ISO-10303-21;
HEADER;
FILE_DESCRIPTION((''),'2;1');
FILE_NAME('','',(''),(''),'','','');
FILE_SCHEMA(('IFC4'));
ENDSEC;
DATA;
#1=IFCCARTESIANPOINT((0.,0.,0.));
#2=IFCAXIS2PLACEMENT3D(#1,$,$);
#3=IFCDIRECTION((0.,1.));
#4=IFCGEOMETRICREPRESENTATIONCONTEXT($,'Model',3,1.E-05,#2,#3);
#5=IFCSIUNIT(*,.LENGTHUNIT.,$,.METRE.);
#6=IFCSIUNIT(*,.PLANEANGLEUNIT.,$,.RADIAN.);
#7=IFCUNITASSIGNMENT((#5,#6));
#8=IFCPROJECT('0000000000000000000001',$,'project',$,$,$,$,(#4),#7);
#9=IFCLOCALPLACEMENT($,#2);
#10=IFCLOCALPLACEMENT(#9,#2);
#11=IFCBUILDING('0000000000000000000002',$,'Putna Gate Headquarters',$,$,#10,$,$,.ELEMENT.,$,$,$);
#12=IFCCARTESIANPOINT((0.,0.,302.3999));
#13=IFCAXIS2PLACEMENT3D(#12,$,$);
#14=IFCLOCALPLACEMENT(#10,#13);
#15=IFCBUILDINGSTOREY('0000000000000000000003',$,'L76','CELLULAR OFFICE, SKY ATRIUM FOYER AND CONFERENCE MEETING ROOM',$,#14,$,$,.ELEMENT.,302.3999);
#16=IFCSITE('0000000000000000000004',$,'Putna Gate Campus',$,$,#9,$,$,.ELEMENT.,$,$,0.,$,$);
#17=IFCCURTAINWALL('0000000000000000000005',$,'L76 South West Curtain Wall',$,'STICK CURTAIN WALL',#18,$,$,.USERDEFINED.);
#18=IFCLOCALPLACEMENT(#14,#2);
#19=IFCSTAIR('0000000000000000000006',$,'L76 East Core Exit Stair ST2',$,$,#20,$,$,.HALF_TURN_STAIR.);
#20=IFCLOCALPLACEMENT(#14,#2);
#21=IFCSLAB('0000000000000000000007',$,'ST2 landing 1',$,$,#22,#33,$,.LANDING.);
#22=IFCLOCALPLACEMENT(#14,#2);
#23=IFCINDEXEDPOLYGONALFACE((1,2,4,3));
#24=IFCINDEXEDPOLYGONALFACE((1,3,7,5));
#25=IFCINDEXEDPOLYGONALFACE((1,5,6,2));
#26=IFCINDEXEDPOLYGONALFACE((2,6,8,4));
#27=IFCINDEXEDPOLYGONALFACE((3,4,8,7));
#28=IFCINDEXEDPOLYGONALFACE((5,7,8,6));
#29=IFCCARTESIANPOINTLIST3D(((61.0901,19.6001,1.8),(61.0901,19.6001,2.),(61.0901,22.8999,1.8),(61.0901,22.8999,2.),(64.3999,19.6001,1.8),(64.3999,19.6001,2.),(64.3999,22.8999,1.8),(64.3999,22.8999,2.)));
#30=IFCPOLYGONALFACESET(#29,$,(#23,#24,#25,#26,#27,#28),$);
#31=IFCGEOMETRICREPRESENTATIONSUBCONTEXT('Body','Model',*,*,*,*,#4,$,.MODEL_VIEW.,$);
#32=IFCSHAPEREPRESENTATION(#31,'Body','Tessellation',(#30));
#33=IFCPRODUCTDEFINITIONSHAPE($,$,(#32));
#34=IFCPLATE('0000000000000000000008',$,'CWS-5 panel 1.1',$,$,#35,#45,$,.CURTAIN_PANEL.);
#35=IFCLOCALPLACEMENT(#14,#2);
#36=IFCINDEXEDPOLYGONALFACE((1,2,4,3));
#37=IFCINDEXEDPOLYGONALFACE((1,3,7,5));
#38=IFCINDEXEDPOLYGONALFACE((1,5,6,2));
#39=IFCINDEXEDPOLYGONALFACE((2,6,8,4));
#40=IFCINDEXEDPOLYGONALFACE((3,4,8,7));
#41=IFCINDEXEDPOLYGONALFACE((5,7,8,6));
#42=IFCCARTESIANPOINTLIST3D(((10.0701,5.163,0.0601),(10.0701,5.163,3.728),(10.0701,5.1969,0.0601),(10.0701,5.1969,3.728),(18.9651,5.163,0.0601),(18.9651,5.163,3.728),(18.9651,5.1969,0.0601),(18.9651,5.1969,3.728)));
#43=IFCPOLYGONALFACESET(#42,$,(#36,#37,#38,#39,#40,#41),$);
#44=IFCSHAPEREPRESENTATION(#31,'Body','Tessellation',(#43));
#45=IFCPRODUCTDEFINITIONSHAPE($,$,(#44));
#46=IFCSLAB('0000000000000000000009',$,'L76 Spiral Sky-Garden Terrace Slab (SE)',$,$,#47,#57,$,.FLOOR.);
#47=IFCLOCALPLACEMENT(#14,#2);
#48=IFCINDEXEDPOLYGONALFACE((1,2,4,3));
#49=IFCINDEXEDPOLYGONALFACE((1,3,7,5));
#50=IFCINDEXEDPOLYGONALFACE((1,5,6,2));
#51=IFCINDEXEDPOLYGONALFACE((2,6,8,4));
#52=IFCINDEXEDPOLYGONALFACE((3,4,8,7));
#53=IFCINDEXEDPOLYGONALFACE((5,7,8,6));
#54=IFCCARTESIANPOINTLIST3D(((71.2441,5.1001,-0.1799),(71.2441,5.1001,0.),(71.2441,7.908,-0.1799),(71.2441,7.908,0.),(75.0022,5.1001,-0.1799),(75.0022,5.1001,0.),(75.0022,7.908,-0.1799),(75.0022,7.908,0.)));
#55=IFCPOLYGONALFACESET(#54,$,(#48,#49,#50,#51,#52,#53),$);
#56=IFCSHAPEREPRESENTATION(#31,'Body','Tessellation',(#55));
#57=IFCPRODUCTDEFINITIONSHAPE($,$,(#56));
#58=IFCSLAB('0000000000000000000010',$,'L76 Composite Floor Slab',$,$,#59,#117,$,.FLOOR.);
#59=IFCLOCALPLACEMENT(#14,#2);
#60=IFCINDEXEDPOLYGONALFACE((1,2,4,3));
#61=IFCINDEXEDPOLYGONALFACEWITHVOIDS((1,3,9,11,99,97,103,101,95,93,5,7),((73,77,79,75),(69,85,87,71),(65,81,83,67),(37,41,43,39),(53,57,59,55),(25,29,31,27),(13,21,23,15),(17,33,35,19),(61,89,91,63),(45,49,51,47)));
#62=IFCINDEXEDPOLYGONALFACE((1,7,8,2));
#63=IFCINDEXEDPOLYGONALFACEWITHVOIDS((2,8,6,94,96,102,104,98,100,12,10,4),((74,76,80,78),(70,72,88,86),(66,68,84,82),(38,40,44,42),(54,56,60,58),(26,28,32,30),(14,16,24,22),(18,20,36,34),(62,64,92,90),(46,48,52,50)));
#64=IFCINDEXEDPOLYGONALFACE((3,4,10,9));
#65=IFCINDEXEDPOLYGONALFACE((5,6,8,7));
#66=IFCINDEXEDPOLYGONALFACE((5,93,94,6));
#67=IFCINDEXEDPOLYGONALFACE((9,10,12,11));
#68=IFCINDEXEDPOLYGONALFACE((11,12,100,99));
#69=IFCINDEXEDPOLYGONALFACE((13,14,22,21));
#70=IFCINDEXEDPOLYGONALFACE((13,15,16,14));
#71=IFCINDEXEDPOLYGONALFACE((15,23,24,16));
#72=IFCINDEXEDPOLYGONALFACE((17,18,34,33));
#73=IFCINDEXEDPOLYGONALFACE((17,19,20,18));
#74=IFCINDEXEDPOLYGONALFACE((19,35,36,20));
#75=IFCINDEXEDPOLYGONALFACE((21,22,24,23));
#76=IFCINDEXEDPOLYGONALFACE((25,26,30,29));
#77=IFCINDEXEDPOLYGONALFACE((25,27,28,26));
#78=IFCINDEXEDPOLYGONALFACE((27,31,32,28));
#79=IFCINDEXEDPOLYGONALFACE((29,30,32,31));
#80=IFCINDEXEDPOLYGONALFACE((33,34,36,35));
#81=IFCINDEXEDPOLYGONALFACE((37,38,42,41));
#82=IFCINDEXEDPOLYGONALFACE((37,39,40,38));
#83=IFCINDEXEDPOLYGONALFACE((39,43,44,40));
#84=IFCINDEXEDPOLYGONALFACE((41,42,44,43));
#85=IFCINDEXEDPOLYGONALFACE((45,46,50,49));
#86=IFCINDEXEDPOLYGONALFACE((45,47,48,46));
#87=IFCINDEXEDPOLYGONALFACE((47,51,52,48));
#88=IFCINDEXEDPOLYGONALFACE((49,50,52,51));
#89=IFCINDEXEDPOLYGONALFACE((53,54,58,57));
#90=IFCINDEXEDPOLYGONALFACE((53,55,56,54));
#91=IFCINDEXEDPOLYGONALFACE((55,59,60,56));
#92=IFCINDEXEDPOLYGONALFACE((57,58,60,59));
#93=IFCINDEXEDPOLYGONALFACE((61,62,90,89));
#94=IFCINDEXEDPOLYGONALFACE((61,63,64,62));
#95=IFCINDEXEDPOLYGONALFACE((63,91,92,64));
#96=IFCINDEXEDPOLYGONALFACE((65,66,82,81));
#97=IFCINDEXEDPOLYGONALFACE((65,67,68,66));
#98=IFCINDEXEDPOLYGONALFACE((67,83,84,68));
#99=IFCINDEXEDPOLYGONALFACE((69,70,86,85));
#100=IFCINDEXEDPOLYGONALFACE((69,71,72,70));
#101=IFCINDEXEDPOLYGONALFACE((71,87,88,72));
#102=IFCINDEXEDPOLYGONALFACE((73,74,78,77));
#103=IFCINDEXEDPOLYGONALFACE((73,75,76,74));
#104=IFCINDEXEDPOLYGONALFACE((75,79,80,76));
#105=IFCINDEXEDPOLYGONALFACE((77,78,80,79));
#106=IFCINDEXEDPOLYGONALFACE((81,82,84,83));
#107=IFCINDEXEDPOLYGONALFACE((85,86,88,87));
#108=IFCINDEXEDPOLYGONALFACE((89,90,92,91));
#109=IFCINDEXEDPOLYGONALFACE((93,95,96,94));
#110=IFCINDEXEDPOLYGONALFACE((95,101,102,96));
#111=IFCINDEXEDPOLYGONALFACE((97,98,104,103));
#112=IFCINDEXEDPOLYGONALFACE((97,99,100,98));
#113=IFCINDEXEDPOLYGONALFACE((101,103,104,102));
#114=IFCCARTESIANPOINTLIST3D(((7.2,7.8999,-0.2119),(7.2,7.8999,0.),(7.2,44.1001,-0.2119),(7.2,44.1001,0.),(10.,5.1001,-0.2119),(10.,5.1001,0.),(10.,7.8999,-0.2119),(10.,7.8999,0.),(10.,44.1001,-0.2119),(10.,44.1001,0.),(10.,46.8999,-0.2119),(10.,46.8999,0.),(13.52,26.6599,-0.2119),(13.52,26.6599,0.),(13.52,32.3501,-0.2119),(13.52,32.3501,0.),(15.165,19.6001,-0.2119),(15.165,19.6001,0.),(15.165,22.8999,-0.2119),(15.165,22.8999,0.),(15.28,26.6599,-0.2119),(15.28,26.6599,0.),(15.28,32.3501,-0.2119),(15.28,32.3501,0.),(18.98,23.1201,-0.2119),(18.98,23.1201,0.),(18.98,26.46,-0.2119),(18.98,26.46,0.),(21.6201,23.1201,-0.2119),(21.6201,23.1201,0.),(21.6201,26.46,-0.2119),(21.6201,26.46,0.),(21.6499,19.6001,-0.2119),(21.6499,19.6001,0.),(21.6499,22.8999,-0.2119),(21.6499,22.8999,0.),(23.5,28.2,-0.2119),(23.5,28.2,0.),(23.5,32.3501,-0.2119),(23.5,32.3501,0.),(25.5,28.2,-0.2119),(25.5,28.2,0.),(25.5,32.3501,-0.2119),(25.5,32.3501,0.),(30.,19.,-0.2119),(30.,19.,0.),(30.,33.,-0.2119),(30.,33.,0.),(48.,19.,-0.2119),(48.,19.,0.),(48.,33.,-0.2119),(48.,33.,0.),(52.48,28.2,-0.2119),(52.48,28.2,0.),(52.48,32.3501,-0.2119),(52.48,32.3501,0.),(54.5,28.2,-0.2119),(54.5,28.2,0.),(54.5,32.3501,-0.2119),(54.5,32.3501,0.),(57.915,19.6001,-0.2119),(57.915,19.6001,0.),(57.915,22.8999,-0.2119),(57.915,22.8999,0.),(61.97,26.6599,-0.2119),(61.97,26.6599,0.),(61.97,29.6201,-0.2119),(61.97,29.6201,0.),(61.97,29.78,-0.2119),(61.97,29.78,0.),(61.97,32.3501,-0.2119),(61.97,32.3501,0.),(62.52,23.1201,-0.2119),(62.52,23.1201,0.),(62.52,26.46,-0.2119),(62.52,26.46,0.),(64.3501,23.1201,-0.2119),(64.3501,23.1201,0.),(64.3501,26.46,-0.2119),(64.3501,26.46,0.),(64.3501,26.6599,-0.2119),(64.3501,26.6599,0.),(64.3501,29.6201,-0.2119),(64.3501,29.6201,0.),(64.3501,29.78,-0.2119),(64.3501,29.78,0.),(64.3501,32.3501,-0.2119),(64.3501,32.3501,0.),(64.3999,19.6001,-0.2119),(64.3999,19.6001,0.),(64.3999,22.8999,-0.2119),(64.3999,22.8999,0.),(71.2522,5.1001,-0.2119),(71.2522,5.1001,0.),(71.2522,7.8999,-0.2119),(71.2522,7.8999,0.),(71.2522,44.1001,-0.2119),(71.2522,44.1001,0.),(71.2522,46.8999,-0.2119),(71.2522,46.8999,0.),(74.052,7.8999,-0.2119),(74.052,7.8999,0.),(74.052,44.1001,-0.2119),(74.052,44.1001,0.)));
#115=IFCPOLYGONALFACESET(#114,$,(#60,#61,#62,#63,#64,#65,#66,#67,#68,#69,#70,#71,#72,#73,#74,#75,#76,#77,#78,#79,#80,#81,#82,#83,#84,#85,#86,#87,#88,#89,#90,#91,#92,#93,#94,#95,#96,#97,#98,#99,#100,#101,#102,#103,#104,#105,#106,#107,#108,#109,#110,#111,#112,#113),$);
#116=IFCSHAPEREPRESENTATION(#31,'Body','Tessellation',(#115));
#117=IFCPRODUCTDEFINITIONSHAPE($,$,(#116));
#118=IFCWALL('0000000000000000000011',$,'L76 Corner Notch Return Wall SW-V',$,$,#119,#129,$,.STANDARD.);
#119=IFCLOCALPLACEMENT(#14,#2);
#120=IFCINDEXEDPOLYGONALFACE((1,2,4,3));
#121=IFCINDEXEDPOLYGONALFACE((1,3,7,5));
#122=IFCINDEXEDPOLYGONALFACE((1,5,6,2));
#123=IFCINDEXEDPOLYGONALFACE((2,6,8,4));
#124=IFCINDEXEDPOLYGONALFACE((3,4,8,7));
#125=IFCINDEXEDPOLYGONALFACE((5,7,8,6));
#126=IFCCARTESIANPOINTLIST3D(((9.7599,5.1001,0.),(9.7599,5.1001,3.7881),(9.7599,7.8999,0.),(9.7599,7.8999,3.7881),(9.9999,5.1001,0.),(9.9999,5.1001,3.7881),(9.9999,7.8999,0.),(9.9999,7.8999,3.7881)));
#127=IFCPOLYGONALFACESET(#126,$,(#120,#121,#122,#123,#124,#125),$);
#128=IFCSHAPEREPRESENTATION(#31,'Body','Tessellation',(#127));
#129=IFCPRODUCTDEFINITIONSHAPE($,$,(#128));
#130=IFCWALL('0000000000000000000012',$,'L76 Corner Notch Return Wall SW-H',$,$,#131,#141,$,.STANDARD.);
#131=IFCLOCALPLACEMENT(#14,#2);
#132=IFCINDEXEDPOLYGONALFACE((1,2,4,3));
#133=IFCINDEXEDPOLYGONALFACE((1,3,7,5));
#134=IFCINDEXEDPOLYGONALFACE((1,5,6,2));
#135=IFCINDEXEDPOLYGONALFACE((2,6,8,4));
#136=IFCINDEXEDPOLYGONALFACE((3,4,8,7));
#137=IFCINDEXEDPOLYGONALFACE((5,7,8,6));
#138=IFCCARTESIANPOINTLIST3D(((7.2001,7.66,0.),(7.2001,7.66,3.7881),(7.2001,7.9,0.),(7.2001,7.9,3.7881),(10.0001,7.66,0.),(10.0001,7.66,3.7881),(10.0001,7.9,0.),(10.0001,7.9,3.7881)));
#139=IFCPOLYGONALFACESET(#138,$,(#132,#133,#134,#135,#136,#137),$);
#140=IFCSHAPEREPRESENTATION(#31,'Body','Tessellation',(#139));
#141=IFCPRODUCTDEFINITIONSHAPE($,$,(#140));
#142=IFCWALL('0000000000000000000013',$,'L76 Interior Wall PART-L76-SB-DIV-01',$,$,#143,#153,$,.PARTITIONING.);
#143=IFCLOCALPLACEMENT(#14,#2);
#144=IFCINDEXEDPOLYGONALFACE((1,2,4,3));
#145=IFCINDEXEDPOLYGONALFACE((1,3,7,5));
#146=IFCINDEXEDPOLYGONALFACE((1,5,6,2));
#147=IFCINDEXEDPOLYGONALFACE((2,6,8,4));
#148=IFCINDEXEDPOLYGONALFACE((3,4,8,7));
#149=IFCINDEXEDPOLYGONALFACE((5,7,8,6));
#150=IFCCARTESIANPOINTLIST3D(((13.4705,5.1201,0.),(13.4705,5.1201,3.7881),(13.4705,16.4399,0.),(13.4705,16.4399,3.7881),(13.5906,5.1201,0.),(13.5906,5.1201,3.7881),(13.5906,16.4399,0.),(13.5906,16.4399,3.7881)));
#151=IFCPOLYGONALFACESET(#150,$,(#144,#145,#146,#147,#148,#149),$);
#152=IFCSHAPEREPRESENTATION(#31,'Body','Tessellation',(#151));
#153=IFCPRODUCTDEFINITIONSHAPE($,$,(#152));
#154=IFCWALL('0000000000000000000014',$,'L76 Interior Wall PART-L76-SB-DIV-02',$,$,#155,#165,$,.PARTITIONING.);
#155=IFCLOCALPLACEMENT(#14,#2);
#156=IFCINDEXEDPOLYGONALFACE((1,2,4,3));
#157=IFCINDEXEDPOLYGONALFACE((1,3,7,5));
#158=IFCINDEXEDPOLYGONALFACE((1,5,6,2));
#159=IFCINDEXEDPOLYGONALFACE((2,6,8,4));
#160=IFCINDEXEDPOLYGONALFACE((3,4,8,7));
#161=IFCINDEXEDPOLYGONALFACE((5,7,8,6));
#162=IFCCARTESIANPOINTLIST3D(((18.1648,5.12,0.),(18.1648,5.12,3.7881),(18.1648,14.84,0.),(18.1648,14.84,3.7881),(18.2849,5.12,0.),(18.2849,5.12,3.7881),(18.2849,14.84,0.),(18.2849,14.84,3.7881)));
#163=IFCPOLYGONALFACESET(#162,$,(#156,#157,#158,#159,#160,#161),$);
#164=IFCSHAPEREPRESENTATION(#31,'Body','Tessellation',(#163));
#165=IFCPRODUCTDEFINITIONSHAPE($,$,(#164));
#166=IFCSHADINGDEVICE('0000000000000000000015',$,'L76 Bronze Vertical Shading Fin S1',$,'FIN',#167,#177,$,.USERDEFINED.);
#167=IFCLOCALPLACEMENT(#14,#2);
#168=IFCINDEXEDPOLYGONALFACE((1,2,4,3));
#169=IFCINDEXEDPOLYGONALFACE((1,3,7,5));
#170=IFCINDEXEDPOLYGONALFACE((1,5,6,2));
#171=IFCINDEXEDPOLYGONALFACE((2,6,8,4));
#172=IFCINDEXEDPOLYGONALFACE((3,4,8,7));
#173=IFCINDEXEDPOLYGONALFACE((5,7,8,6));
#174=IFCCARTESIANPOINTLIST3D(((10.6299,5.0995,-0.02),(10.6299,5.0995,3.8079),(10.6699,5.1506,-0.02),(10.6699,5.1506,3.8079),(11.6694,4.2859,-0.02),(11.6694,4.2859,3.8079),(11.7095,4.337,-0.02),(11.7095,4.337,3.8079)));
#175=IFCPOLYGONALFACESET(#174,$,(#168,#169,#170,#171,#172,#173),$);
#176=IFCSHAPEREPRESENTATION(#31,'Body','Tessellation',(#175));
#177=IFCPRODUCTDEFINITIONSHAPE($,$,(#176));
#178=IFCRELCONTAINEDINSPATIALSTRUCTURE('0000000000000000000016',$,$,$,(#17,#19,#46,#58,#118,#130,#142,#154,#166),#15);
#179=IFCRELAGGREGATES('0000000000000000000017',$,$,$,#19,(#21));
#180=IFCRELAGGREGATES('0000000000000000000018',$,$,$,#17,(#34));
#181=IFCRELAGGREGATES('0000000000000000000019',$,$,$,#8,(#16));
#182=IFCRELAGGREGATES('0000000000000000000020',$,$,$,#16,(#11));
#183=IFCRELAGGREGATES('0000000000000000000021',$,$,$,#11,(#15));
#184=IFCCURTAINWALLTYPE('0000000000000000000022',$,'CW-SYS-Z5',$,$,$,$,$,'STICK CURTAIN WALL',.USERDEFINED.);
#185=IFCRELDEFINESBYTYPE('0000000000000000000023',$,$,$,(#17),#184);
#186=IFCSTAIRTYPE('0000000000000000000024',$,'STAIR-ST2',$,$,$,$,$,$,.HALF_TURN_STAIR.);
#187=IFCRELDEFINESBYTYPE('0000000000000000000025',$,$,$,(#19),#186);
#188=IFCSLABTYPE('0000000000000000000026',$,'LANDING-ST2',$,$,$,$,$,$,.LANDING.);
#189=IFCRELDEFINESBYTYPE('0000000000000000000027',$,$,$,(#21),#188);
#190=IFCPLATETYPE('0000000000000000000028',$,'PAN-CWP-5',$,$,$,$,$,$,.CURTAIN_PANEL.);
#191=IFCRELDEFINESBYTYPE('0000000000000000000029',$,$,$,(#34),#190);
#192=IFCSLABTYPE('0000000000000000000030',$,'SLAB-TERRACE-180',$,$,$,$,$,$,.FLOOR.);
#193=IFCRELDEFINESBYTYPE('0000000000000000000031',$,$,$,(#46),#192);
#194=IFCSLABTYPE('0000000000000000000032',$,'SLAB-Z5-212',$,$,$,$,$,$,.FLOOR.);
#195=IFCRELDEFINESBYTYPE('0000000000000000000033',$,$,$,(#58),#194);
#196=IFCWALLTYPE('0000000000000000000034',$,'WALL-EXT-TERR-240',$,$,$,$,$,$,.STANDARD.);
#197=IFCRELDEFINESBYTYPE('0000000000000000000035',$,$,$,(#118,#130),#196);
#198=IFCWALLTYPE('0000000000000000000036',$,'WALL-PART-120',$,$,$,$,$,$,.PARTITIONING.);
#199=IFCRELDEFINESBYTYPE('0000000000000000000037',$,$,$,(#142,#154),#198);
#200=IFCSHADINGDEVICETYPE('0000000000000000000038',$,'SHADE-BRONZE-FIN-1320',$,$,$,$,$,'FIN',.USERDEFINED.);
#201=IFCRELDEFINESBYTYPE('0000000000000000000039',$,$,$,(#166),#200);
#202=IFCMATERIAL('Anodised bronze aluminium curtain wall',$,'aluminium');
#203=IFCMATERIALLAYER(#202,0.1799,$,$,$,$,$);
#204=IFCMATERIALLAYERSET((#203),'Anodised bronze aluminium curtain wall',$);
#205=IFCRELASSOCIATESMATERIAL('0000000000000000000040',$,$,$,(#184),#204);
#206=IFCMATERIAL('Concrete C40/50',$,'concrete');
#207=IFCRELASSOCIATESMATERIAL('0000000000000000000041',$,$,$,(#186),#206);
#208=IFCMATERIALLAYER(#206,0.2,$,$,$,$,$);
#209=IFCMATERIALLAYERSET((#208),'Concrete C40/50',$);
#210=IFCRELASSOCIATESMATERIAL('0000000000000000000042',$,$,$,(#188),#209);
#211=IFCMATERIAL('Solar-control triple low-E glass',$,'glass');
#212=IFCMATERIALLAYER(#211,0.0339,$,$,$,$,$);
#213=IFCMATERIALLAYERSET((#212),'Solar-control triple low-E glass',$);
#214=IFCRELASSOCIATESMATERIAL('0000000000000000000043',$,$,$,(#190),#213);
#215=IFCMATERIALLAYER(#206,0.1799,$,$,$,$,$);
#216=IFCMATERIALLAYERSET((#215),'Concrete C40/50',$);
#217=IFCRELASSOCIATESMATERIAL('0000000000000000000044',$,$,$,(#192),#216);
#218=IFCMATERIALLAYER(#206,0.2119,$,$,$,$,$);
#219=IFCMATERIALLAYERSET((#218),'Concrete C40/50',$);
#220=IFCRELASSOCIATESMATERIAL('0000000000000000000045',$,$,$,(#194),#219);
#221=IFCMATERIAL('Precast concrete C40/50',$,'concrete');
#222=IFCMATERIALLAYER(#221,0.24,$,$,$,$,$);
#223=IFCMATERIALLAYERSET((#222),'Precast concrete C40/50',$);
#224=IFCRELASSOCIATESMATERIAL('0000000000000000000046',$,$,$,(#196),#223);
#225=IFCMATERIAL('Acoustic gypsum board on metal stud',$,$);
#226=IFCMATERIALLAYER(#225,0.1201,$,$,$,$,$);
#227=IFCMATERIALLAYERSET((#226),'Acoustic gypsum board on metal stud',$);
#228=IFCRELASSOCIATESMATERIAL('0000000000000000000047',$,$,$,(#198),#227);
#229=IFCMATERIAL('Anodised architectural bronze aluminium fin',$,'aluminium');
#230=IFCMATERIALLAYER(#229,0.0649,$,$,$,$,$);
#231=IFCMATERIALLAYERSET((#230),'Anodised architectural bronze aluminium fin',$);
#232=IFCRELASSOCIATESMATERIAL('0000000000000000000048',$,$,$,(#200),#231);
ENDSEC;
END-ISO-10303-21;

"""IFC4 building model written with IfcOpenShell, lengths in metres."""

from ifc_helpers import new_model, si_unit, direction, frame, frame_2d, origin, origin_2d, place, context, subcontext, project, spatial, polyline, rectangle, outline, extrude, material, layer, layer_set, type_object, element, aggregate, save


model = new_model("IFC4")

# Units and contexts
model_context = context("Model", 3, precision=1e-05, world=origin(), true_north=direction((0.0, 1.0)))
body_context = subcontext(model_context, "Body", "Model", "MODEL_VIEW")
ifc_project = project(units=[si_unit("LENGTHUNIT", "METRE"), si_unit("PLANEANGLEUNIT", "RADIAN")], contexts=[model_context])

# Site, building, storey
site_placement = place(None, origin())
site = spatial("IfcSite", under=ifc_project, at=site_placement, Name="Putna Gate Campus", CompositionType="ELEMENT", RefElevation=0.0)
building_placement = place(site_placement, origin())
building = spatial("IfcBuilding", under=site, at=building_placement, Name="Putna Gate Headquarters", CompositionType="ELEMENT")
storey_placement = place(building_placement, frame((0.0, 0.0, 302.3999)))
storey = spatial("IfcBuildingStorey", under=building, at=storey_placement, Name="L76", Description="CELLULAR OFFICE, SKY ATRIUM FOYER AND CONFERENCE MEETING ROOM", CompositionType="ELEMENT", Elevation=302.3999)

# Curtain wall
ifc_material_1 = material(Name="Anodised bronze aluminium curtain wall", Category="aluminium")
ifc_layer_1 = layer(ifc_material_1, 0.1799)
ifc_layer_set_1 = layer_set([ifc_layer_1], Name="Anodised bronze aluminium curtain wall")
curtain_wall_type = type_object("IfcCurtainWallType", Name="CW-SYS-Z5", ElementType="STICK CURTAIN WALL", PredefinedType="USERDEFINED", material=ifc_layer_set_1)
curtain_wall_1_placement = place(storey_placement, origin())
curtain_wall_1 = element("IfcCurtainWall", 1, at=curtain_wall_1_placement, inside=storey, type_object=curtain_wall_type, Name="L76 South West Curtain Wall", ObjectType="STICK CURTAIN WALL", PredefinedType="USERDEFINED")

# Stair, slab
ifc_material_2 = material(Name="Concrete C40/50", Category="concrete")
stair_type_1 = type_object("IfcStairType", Name="STAIR-ST2", PredefinedType="HALF_TURN_STAIR", material=ifc_material_2)
stair_1_placement = place(storey_placement, origin())
stair_1 = element("IfcStair", 2, at=stair_1_placement, inside=storey, type_object=stair_type_1, Name="L76 East Core Exit Stair ST2", PredefinedType="HALF_TURN_STAIR")
ifc_layer_2 = layer(ifc_material_2, 0.2)
ifc_layer_set_2 = layer_set([ifc_layer_2], Name="Concrete C40/50")
slab_type_1 = type_object("IfcSlabType", Name="LANDING-ST2", PredefinedType="LANDING", material=ifc_layer_set_2)
slab_1_placement = place(storey_placement, frame((0.0, 0.0, 1.8)))
slab_1 = element("IfcSlab", 3, at=slab_1_placement, type_object=slab_type_1, Name="ST2 landing 1", PredefinedType="LANDING", context=body_context, shape_type="SweptSolid", body=[
    extrude(outline(polyline([(61.0901, 19.6001), (64.3999, 19.6001), (64.3999, 22.8999), (61.0901, 22.8999), (61.0901, 19.6001)])), origin(), (0.0, 0.0, 1.0), 0.2),
])
aggregate(stair_1, [slab_1])

# Plate
ifc_material_3 = material(Name="Solar-control triple low-E glass", Category="glass")
ifc_layer_3 = layer(ifc_material_3, 0.0339)
ifc_layer_set_3 = layer_set([ifc_layer_3], Name="Solar-control triple low-E glass")
plate_type = type_object("IfcPlateType", Name="PAN-CWP-5", PredefinedType="CURTAIN_PANEL", material=ifc_layer_set_3)
plate_placement = place(storey_placement, frame((14.5176, 5.1799, 0.0601), z_axis=(0.0, 0.0, 1.0), x_axis=(1.0, 0.0, 0.0)))
plate = element("IfcPlate", 4, at=plate_placement, type_object=plate_type, Name="CWS-5 panel 1.1", PredefinedType="CURTAIN_PANEL", context=body_context, shape_type="SweptSolid", body=[
    extrude(rectangle(XDim=8.895, YDim=0.0339, at=origin_2d()), origin(), (0.0, 0.0, 1.0), 3.668),
])
aggregate(curtain_wall_1, [plate])

# Slabs
ifc_layer_4 = layer(ifc_material_2, 0.1799)
ifc_layer_set_4 = layer_set([ifc_layer_4], Name="Concrete C40/50")
slab_type_2 = type_object("IfcSlabType", Name="SLAB-TERRACE-180", PredefinedType="FLOOR", material=ifc_layer_set_4)
slab_2_placement = place(storey_placement, frame((0.0, 0.0, -0.1799)))
element("IfcSlab", 5, at=slab_2_placement, inside=storey, type_object=slab_type_2, Name="L76 Spiral Sky-Garden Terrace Slab (SE)", PredefinedType="FLOOR", context=body_context, shape_type="SweptSolid", body=[
    extrude(outline(polyline([(71.2441, 5.1001), (75.0022, 5.1001), (75.0022, 7.908), (71.2441, 7.908), (71.2441, 5.1001)])), origin(), (0.0, 0.0, 1.0), 0.1799),
])
ifc_layer_5 = layer(ifc_material_2, 0.2119)
ifc_layer_set_5 = layer_set([ifc_layer_5], Name="Concrete C40/50")
slab_type_3 = type_object("IfcSlabType", Name="SLAB-Z5-212", PredefinedType="FLOOR", material=ifc_layer_set_5)
slab_3_placement = place(storey_placement, frame((0.0, 0.0, -0.2119)))
element("IfcSlab", 6, at=slab_3_placement, inside=storey, type_object=slab_type_3, Name="L76 Composite Floor Slab", PredefinedType="FLOOR", context=body_context, shape_type="SweptSolid", body=[
    extrude(outline(polyline([(10.0, 5.1001), (71.2522, 5.1001), (71.2522, 7.8999), (74.052, 7.8999), (74.052, 44.1001), (71.2522, 44.1001), (71.2522, 46.8999), (10.0, 46.8999), (10.0, 44.1001), (7.2, 44.1001), (7.2, 7.8999), (10.0, 7.8999), (10.0, 5.1001)]), holes=[polyline([(15.165, 19.6001), (21.6499, 19.6001), (21.6499, 22.8999), (15.165, 22.8999), (15.165, 19.6001)]), polyline([(57.915, 19.6001), (64.3999, 19.6001), (64.3999, 22.8999), (57.915, 22.8999), (57.915, 19.6001)]), polyline([(13.52, 26.6599), (15.28, 26.6599), (15.28, 32.3501), (13.52, 32.3501), (13.52, 26.6599)]), polyline([(61.97, 29.78), (64.3501, 29.78), (64.3501, 32.3501), (61.97, 32.3501), (61.97, 29.78)]), polyline([(18.98, 23.1201), (21.6201, 23.1201), (21.6201, 26.46), (18.98, 26.46), (18.98, 23.1201)]), polyline([(62.52, 23.1201), (64.3501, 23.1201), (64.3501, 26.46), (62.52, 26.46), (62.52, 23.1201)]), polyline([(61.97, 26.6599), (64.3501, 26.6599), (64.3501, 29.6201), (61.97, 29.6201), (61.97, 26.6599)]), polyline([(23.5, 28.2), (25.5, 28.2), (25.5, 32.3501), (23.5, 32.3501), (23.5, 28.2)]), polyline([(52.48, 28.2), (54.5, 28.2), (54.5, 32.3501), (52.48, 32.3501), (52.48, 28.2)]), polyline([(30.0, 19.0), (48.0, 19.0), (48.0, 33.0), (30.0, 33.0), (30.0, 19.0)])]), origin(), (0.0, 0.0, 1.0), 0.2119),
])

# Walls
ifc_material_4 = material(Name="Precast concrete C40/50", Category="concrete")
ifc_layer_6 = layer(ifc_material_4, 0.24)
ifc_layer_set_6 = layer_set([ifc_layer_6], Name="Precast concrete C40/50")
wall_type_1 = type_object("IfcWallType", Name="WALL-EXT-TERR-240", PredefinedType="STANDARD", material=ifc_layer_set_6)
wall_1_placement = place(storey_placement, frame((9.8799, 5.1001, 0.0), z_axis=(0.0, 0.0, 1.0), x_axis=(0.0, 1.0, 0.0)))
element("IfcWall", 7, at=wall_1_placement, inside=storey, type_object=wall_type_1, Name="L76 Corner Notch Return Wall SW-V", PredefinedType="STANDARD", context=body_context, shape_type="SweptSolid", body=[
    extrude(rectangle(XDim=2.7998, YDim=0.24, at=frame_2d((1.3999, 0.0))), origin(), (0.0, 0.0, 1.0), 3.7881),
])
wall_2_placement = place(storey_placement, frame((10.0, 7.78, 0.0), z_axis=(0.0, 0.0, 1.0), x_axis=(-1.0, 0.0, 0.0)))
element("IfcWall", 8, at=wall_2_placement, inside=storey, type_object=wall_type_1, Name="L76 Corner Notch Return Wall SW-H", PredefinedType="STANDARD", context=body_context, shape_type="SweptSolid", body=[
    extrude(rectangle(XDim=2.8, YDim=0.24, at=frame_2d((1.3999, 0.0))), origin(), (0.0, 0.0, 1.0), 3.7881),
])
ifc_material_5 = material(Name="Acoustic gypsum board on metal stud")
ifc_layer_7 = layer(ifc_material_5, 0.1201)
ifc_layer_set_7 = layer_set([ifc_layer_7], Name="Acoustic gypsum board on metal stud")
wall_type_2 = type_object("IfcWallType", Name="WALL-PART-120", PredefinedType="PARTITIONING", material=ifc_layer_set_7)
wall_3_placement = place(storey_placement, frame((13.5305, 5.1201, 0.0), z_axis=(0.0, 0.0, 1.0), x_axis=(0.0, 1.0, 0.0)))
element("IfcWall", 9, at=wall_3_placement, inside=storey, type_object=wall_type_2, Name="L76 Interior Wall PART-L76-SB-DIV-01", PredefinedType="PARTITIONING", context=body_context, shape_type="SweptSolid", body=[
    extrude(rectangle(XDim=11.3198, YDim=0.1201, at=frame_2d((5.6599, 0.0))), origin(), (0.0, 0.0, 1.0), 3.7881),
])
wall_4_placement = place(storey_placement, frame((18.2249, 5.1201, 0.0), z_axis=(0.0, 0.0, 1.0), x_axis=(0.0, 1.0, 0.0)))
element("IfcWall", 10, at=wall_4_placement, inside=storey, type_object=wall_type_2, Name="L76 Interior Wall PART-L76-SB-DIV-02", PredefinedType="PARTITIONING", context=body_context, shape_type="SweptSolid", body=[
    extrude(rectangle(XDim=9.72, YDim=0.1201, at=frame_2d((4.8599, 0.0))), origin(), (0.0, 0.0, 1.0), 3.7881),
])

# Shading device
ifc_material_6 = material(Name="Anodised architectural bronze aluminium fin", Category="aluminium")
ifc_layer_8 = layer(ifc_material_6, 0.0649)
ifc_layer_set_8 = layer_set([ifc_layer_8], Name="Anodised architectural bronze aluminium fin")
shading_device_type_1 = type_object("IfcShadingDeviceType", Name="SHADE-BRONZE-FIN-1320", ElementType="FIN", PredefinedType="USERDEFINED", material=ifc_layer_set_8)
for number, where, z_axis, x_axis, name in (
    (11, (11.1697, 4.7183, -0.02), (0.0, 0.0, 1.0), (0.787473, -0.616349, 0.0), "L76 Bronze Vertical Shading Fin S1"),
):
    element("IfcShadingDevice", number, at=place(storey_placement, frame(where, z_axis=z_axis, x_axis=x_axis)), inside=storey, type_object=shading_device_type_1, Name=name, ObjectType="FIN", PredefinedType="USERDEFINED", context=body_context, shape_type="SweptSolid", body=[
        extrude(rectangle(XDim=1.3201, YDim=0.0649, at=origin_2d()), origin(), (0.0, 0.0, 1.0), 3.8279),
    ])

save(model, "model.ifc")
